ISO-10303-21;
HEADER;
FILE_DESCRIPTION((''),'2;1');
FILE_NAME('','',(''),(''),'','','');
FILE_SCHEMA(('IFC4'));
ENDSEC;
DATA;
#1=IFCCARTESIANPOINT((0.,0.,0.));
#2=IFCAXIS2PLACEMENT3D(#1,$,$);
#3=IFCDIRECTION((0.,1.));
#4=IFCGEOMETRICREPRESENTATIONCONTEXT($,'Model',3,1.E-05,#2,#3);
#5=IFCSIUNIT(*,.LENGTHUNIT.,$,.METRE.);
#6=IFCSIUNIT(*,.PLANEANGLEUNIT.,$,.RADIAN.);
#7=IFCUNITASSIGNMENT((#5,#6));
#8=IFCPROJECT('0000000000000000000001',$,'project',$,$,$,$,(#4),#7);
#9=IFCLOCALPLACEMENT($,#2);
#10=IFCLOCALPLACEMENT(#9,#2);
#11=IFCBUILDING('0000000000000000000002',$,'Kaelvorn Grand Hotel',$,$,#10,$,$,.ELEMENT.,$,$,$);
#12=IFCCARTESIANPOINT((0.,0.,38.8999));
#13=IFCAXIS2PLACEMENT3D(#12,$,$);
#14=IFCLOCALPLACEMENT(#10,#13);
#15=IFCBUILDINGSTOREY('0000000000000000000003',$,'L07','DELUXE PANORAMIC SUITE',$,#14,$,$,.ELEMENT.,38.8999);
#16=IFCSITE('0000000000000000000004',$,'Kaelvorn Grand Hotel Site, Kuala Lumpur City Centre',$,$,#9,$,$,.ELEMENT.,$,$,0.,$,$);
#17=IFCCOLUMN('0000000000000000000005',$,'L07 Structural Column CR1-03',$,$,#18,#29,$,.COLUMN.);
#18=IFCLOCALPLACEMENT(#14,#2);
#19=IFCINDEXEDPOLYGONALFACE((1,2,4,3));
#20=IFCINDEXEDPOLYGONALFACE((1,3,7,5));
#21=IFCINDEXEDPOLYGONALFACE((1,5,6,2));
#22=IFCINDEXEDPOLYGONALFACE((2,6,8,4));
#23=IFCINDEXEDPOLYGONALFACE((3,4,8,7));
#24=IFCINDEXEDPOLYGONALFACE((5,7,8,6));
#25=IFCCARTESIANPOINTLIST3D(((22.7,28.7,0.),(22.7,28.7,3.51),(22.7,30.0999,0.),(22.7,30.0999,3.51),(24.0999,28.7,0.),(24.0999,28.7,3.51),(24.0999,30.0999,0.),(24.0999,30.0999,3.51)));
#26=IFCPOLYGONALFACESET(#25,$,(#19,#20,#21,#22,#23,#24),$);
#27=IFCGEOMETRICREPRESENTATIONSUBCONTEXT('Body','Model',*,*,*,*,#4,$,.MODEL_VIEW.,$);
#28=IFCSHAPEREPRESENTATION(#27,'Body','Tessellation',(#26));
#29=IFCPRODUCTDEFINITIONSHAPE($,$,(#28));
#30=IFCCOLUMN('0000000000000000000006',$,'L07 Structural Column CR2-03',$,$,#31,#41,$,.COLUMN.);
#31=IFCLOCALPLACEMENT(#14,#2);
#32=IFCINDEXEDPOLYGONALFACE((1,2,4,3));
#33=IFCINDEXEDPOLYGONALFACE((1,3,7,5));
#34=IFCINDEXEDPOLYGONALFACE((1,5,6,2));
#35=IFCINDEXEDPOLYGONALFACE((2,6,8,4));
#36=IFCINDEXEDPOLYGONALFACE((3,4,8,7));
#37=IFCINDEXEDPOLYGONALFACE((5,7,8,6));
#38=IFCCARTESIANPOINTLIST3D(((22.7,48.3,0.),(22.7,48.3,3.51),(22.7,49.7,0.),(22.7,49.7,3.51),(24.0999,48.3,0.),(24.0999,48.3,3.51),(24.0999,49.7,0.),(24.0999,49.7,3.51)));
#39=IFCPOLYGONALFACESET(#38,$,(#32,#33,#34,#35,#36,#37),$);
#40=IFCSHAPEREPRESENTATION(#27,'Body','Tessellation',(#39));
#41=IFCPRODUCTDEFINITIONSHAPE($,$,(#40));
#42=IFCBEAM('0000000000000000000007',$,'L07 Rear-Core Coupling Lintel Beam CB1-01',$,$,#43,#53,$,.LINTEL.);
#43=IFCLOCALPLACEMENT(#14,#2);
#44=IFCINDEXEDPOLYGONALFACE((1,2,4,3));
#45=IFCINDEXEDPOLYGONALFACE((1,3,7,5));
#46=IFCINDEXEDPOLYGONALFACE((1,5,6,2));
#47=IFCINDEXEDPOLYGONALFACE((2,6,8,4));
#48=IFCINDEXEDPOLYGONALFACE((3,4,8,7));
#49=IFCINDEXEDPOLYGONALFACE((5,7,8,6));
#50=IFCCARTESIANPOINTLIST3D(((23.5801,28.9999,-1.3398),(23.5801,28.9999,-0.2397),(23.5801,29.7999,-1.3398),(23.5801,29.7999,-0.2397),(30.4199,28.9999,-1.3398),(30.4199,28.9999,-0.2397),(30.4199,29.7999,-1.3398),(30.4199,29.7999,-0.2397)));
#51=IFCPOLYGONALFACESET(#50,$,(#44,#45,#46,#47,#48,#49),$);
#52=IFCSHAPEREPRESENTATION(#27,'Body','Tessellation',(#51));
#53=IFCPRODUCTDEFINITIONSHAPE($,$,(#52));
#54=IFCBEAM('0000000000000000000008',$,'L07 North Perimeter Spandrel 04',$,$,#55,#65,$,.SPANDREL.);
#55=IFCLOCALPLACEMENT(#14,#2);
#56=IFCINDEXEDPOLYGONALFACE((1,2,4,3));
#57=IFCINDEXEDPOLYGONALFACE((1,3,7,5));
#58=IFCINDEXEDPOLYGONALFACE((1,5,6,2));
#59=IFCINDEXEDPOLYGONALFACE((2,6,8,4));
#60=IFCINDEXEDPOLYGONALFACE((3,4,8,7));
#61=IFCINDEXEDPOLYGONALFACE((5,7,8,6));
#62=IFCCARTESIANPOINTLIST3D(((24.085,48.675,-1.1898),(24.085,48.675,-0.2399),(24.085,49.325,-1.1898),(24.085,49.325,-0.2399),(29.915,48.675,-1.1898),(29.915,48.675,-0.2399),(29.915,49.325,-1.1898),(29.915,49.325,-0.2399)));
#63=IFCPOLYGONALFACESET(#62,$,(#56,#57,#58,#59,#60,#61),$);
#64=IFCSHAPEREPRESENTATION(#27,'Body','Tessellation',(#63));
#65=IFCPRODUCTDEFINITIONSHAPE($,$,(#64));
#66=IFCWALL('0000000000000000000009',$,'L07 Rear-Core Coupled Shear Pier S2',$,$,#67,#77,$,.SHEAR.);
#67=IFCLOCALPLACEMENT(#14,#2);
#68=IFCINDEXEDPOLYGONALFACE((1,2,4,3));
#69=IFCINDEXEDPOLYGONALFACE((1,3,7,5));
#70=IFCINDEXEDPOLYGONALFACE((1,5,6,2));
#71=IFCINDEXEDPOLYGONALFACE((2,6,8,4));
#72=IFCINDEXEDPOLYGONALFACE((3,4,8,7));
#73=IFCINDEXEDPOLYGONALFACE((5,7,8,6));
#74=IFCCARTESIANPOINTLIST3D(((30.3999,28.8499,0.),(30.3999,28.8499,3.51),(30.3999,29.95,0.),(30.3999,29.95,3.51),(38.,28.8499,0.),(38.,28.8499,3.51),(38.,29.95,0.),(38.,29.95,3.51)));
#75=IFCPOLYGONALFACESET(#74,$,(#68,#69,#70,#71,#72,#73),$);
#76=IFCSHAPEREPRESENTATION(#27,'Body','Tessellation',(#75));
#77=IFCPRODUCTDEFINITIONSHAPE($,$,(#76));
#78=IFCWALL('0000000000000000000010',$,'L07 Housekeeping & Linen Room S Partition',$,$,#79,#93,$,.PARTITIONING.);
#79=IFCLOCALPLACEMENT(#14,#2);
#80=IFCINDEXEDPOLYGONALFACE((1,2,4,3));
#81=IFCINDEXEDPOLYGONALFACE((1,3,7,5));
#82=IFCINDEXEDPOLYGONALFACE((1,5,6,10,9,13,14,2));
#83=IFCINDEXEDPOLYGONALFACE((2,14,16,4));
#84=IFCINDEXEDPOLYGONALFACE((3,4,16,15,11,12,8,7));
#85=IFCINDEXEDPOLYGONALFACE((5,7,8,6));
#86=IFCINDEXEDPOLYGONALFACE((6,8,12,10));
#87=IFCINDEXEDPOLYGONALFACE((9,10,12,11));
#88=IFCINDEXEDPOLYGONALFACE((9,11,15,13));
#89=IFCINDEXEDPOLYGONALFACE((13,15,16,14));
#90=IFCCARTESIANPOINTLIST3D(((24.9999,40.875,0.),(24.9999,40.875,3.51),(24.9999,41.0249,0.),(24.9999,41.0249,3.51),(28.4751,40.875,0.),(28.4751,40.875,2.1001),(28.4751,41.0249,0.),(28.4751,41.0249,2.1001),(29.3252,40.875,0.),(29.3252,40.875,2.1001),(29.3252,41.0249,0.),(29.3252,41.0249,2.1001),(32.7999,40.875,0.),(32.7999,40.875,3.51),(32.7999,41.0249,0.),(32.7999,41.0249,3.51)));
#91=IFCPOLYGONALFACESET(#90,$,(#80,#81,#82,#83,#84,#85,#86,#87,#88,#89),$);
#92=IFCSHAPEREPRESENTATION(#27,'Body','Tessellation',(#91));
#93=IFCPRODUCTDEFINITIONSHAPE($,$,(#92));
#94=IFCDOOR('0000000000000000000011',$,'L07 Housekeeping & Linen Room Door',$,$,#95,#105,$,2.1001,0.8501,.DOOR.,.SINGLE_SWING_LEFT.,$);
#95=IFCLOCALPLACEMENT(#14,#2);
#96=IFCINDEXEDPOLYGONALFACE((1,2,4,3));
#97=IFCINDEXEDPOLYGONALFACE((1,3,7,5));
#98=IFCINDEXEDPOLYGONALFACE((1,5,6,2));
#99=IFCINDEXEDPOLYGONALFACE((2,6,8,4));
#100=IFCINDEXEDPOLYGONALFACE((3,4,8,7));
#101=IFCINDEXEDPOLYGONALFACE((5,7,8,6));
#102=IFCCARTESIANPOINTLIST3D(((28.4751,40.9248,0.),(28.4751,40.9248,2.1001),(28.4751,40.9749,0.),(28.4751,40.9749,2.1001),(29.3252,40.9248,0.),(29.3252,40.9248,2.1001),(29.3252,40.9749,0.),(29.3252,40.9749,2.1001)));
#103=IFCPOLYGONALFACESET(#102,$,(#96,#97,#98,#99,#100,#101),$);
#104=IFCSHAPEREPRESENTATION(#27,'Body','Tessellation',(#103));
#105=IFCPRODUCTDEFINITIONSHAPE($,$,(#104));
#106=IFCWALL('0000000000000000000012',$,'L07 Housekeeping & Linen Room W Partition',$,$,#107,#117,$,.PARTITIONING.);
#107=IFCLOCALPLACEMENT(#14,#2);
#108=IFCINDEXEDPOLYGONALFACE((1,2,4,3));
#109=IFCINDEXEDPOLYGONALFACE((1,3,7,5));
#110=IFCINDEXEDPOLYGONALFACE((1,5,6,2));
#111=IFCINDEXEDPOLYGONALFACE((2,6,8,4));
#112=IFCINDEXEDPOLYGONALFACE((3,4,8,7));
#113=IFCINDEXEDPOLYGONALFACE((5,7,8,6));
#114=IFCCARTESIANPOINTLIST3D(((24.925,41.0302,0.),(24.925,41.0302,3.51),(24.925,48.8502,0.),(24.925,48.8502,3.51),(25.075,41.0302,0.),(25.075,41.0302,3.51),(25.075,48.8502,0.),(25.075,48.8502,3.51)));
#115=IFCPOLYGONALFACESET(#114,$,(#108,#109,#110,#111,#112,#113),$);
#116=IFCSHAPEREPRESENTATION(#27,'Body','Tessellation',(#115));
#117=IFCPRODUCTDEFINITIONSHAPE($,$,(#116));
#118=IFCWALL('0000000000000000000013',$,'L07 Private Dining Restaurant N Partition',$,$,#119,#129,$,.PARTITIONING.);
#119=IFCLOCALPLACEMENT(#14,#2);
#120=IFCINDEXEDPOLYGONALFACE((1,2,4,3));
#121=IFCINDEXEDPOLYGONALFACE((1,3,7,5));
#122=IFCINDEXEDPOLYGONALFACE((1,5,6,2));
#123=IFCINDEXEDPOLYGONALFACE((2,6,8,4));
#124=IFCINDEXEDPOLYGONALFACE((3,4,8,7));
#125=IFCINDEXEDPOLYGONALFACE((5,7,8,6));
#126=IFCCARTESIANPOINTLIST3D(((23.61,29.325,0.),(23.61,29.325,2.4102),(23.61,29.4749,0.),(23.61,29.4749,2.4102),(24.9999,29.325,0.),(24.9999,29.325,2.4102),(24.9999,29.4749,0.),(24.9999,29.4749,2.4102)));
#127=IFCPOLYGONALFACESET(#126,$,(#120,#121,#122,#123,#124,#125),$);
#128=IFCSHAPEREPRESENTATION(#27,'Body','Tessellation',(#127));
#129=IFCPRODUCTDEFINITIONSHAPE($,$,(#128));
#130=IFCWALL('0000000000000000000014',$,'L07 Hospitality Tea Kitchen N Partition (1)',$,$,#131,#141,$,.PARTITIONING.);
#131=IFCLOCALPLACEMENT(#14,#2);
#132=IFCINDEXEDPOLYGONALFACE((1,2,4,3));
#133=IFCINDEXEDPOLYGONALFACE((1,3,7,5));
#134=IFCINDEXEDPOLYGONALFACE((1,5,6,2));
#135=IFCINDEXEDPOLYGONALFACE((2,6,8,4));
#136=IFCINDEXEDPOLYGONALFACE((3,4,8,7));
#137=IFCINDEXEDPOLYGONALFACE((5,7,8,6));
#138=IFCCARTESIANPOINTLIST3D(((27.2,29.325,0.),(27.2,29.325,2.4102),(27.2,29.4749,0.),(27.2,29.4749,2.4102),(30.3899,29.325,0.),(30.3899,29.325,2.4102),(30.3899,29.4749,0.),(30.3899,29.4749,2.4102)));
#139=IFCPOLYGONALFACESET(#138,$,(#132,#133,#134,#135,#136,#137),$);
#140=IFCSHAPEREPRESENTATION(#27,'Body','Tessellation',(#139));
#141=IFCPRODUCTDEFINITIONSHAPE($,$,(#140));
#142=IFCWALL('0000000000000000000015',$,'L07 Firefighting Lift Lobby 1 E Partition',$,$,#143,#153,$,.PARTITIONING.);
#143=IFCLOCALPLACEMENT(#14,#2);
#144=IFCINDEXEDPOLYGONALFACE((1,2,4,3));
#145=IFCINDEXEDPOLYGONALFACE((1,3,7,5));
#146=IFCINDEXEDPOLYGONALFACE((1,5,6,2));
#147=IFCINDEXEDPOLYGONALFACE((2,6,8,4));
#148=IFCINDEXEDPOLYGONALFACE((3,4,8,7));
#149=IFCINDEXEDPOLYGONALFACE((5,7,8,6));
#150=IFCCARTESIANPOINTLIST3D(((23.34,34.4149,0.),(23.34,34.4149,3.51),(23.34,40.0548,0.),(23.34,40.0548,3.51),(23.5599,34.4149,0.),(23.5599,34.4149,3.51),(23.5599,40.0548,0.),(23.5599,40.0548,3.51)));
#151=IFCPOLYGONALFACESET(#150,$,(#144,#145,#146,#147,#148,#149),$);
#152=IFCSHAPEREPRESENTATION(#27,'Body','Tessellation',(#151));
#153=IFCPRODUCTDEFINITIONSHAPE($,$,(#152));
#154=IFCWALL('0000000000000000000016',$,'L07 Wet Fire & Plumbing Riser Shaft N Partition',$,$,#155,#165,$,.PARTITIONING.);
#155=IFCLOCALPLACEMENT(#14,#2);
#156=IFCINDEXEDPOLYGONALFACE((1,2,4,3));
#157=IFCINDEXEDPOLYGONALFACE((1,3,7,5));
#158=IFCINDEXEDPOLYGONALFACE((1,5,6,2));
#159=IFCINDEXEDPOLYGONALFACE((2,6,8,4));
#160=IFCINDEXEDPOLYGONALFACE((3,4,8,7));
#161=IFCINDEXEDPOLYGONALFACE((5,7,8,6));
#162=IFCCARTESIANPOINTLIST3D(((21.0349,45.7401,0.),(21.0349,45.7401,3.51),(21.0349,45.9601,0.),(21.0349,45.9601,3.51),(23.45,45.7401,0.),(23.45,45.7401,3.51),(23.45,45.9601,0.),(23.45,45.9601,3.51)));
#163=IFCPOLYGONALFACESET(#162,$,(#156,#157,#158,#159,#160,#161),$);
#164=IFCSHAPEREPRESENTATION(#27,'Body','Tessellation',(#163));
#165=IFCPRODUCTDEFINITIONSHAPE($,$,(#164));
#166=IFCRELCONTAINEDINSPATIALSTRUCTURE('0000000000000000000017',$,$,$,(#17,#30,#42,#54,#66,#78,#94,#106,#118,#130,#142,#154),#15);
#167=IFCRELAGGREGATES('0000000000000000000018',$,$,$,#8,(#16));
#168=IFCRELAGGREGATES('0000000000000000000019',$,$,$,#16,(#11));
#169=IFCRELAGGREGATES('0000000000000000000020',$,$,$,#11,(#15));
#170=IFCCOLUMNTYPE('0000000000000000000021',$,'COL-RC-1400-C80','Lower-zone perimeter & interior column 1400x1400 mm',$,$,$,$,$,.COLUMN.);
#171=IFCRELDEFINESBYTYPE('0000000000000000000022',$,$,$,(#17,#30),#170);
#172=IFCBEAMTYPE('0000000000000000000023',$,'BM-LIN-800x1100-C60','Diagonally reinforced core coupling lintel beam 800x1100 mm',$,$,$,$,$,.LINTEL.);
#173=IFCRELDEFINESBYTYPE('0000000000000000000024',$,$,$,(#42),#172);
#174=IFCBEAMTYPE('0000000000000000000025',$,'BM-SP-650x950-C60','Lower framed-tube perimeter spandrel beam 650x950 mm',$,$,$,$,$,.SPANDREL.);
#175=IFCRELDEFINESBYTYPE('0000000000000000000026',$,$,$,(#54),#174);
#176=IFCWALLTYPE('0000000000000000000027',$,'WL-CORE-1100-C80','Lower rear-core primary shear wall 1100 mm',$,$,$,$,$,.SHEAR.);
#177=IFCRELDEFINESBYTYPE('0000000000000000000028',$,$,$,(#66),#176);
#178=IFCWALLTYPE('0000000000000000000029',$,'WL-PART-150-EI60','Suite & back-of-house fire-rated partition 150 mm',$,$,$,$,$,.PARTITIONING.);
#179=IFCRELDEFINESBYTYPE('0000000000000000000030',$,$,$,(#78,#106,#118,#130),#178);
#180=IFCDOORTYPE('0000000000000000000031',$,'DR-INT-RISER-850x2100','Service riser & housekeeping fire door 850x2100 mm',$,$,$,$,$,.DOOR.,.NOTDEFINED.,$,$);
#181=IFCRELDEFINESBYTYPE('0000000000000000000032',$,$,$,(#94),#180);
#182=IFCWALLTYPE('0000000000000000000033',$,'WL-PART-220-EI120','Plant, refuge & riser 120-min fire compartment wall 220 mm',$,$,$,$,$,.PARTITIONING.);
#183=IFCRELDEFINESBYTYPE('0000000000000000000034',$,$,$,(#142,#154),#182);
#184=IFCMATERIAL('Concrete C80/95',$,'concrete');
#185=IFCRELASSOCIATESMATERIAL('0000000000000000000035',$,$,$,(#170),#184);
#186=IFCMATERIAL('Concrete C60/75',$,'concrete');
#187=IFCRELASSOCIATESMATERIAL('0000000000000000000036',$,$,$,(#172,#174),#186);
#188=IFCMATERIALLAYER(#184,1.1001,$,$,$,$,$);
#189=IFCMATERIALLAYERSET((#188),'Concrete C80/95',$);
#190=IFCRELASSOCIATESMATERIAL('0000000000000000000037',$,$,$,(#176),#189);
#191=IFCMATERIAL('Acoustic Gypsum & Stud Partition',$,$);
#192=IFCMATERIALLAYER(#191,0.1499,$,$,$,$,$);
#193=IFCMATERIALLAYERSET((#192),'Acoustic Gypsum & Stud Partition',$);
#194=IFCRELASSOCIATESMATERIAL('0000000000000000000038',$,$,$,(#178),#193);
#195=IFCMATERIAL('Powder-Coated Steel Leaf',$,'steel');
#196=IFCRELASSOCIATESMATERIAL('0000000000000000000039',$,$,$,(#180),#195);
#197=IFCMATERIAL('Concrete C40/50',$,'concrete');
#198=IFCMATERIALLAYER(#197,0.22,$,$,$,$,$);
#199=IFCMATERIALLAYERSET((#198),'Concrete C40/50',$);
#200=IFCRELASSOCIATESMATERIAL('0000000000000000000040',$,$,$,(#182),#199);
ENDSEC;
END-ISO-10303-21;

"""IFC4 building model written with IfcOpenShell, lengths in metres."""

from ifc_helpers import new_model, si_unit, direction, frame, frame_2d, origin, origin_2d, place, context, subcontext, project, spatial, rectangle, extrude, material, layer, layer_set, material_profile, profile_set, type_object, element, fill, save


model = new_model("IFC4")

# Units and contexts
model_context = context("Model", 3, precision=1e-05, world=origin(), true_north=direction((0.0, 1.0)))
body_context = subcontext(model_context, "Body", "Model", "MODEL_VIEW")
ifc_project = project(units=[si_unit("LENGTHUNIT", "METRE"), si_unit("PLANEANGLEUNIT", "RADIAN")], contexts=[model_context])

# Site, building, storey
site_placement = place(None, origin())
site = spatial("IfcSite", under=ifc_project, at=site_placement, Name="Kaelvorn Grand Hotel Site, Kuala Lumpur City Centre", CompositionType="ELEMENT", RefElevation=0.0)
building_placement = place(site_placement, origin())
building = spatial("IfcBuilding", under=site, at=building_placement, Name="Kaelvorn Grand Hotel", CompositionType="ELEMENT")
storey_placement = place(building_placement, frame((0.0, 0.0, 38.8999)))
storey = spatial("IfcBuildingStorey", under=building, at=storey_placement, Name="L07", Description="DELUXE PANORAMIC SUITE", CompositionType="ELEMENT", Elevation=38.8999)

# Columns
ifc_material_1 = material(Name="Concrete C80/95", Category="concrete")
ifc_material_profile_1 = material_profile(ifc_material_1, rectangle(XDim=1.3999, YDim=1.3999, at=origin_2d()), Name="RC COL 1400x1400")
ifc_profile_set_1 = profile_set([ifc_material_profile_1], Name="Concrete C80/95")
column_type = type_object("IfcColumnType", Name="COL-RC-1400-C80", Description="Lower-zone perimeter & interior column 1400x1400 mm", PredefinedType="COLUMN", material=ifc_profile_set_1)
for number, where, z_axis, x_axis, name in (
    (1, (23.3999, 29.3999, 0.0), (0.0, 0.0, 1.0), (1.0, 0.0, 0.0), "L07 Structural Column CR1-03"),
    (2, (23.3999, 49.0, 0.0), (0.0, 0.0, 1.0), (1.0, 0.0, 0.0), "L07 Structural Column CR2-03"),
):
    element("IfcColumn", number, at=place(storey_placement, frame(where, z_axis=z_axis, x_axis=x_axis)), inside=storey, type_object=column_type, Name=name, PredefinedType="COLUMN", context=body_context, shape_type="SweptSolid", body=[
        extrude(rectangle(XDim=1.3999, YDim=1.3999, at=origin_2d()), origin(), (0.0, 0.0, 1.0), 3.51),
    ])

# Beams
ifc_material_2 = material(Name="Concrete C60/75", Category="concrete")
ifc_material_profile_2 = material_profile(ifc_material_2, rectangle(XDim=0.8, YDim=1.1001, at=origin_2d()), Name="RC LINTEL 800x1100")
ifc_profile_set_2 = profile_set([ifc_material_profile_2], Name="Concrete C60/75")
beam_type_1 = type_object("IfcBeamType", Name="BM-LIN-800x1100-C60", Description="Diagonally reinforced core coupling lintel beam 800x1100 mm", PredefinedType="LINTEL", material=ifc_profile_set_2)
beam_1_placement = place(storey_placement, frame((23.5801, 29.3999, -0.7898), z_axis=(1.0, 0.0, 0.0), x_axis=(0.0, 1.0, 0.0)))
element("IfcBeam", 3, at=beam_1_placement, inside=storey, type_object=beam_type_1, Name="L07 Rear-Core Coupling Lintel Beam CB1-01", PredefinedType="LINTEL", context=body_context, shape_type="SweptSolid", body=[
    extrude(rectangle(XDim=0.8, YDim=1.1001, at=origin_2d()), origin(), (0.0, 0.0, 1.0), 6.8398),
])
ifc_material_profile_3 = material_profile(ifc_material_2, rectangle(XDim=0.6499, YDim=0.95, at=origin_2d()), Name="RC SPANDREL 650x950")
ifc_profile_set_3 = profile_set([ifc_material_profile_3], Name="Concrete C60/75")
beam_type_2 = type_object("IfcBeamType", Name="BM-SP-650x950-C60", Description="Lower framed-tube perimeter spandrel beam 650x950 mm", PredefinedType="SPANDREL", material=ifc_profile_set_3)
beam_2_placement = place(storey_placement, frame((24.085, 49.0, -0.7148), z_axis=(1.0, 0.0, 0.0), x_axis=(0.0, 1.0, 0.0)))
element("IfcBeam", 4, at=beam_2_placement, inside=storey, type_object=beam_type_2, Name="L07 North Perimeter Spandrel 04", PredefinedType="SPANDREL", context=body_context, shape_type="SweptSolid", body=[
    extrude(rectangle(XDim=0.6499, YDim=0.95, at=origin_2d()), origin(), (0.0, 0.0, 1.0), 5.8301),
])

# Wall
ifc_layer_1 = layer(ifc_material_1, 1.1001)
ifc_layer_set_1 = layer_set([ifc_layer_1], Name="Concrete C80/95")
wall_type_1 = type_object("IfcWallType", Name="WL-CORE-1100-C80", Description="Lower rear-core primary shear wall 1100 mm", PredefinedType="SHEAR", material=ifc_layer_set_1)
wall_1_placement = place(storey_placement, frame((30.3999, 29.3999, 0.0), z_axis=(0.0, 0.0, 1.0), x_axis=(1.0, 0.0, 0.0)))
element("IfcWall", 5, at=wall_1_placement, inside=storey, type_object=wall_type_1, Name="L07 Rear-Core Coupled Shear Pier S2", PredefinedType="SHEAR", context=body_context, shape_type="SweptSolid", body=[
    extrude(rectangle(XDim=7.6001, YDim=1.1001, at=frame_2d((3.8, 0.0))), origin(), (0.0, 0.0, 1.0), 3.51),
])

# Wall, opening, door
ifc_material_3 = material(Name="Acoustic Gypsum & Stud Partition")
ifc_layer_2 = layer(ifc_material_3, 0.1499)
ifc_layer_set_2 = layer_set([ifc_layer_2], Name="Acoustic Gypsum & Stud Partition")
wall_type_2 = type_object("IfcWallType", Name="WL-PART-150-EI60", Description="Suite & back-of-house fire-rated partition 150 mm", PredefinedType="PARTITIONING", material=ifc_layer_set_2)
wall_2_placement = place(storey_placement, frame((25.0, 40.95, 0.0), z_axis=(0.0, 0.0, 1.0), x_axis=(1.0, 0.0, 0.0)))
wall_2 = element("IfcWall", 6, at=wall_2_placement, inside=storey, type_object=wall_type_2, Name="L07 Housekeeping & Linen Room S Partition", PredefinedType="PARTITIONING", context=body_context, shape_type="SweptSolid", body=[
    extrude(rectangle(XDim=7.8, YDim=0.1499, at=frame_2d((3.8999, 0.0))), origin(), (0.0, 0.0, 1.0), 3.51),
])
opening_1_placement = place(wall_2_placement, frame((3.4751, 0.0, 0.0)))
opening_1 = element("IfcOpeningElement", 7, at=opening_1_placement, cuts=wall_2, PredefinedType="OPENING", context=body_context, shape_type="SweptSolid", body=[
    extrude(rectangle(XDim=0.8501, YDim=2.1001, at=frame_2d((0.425, 1.05))), frame((0.0, 0.085, 0.0), z_axis=(0.0, -1.0, 0.0), x_axis=(1.0, 0.0, 0.0)), (0.0, 0.0, 1.0), 0.1699),
])
ifc_material_4 = material(Name="Powder-Coated Steel Leaf", Category="steel")
door_type_1 = type_object("IfcDoorType", Name="DR-INT-RISER-850x2100", Description="Service riser & housekeeping fire door 850x2100 mm", OperationType="NOTDEFINED", PredefinedType="DOOR", material=ifc_material_4)
door_1_placement = place(opening_1_placement, origin())
door_1 = element("IfcDoor", 8, at=door_1_placement, inside=storey, type_object=door_type_1, Name="L07 Housekeeping & Linen Room Door", OperationType="SINGLE_SWING_LEFT", OverallHeight=2.1001, OverallWidth=0.8501, PredefinedType="DOOR", context=body_context, shape_type="SweptSolid", body=[
    extrude(rectangle(XDim=0.8501, YDim=2.1001, at=frame_2d((0.425, 1.05))), frame((0.0, 0.0249, 0.0), z_axis=(0.0, -1.0, 0.0), x_axis=(1.0, 0.0, 0.0)), (0.0, 0.0, 1.0), 0.05),
])
fill(opening_1, door_1)

# Walls
wall_3_placement = place(storey_placement, frame((25.0, 41.03, 0.0), z_axis=(0.0, 0.0, 1.0), x_axis=(0.0, 1.0, 0.0)))
element("IfcWall", 9, at=wall_3_placement, inside=storey, type_object=wall_type_2, Name="L07 Housekeeping & Linen Room W Partition", PredefinedType="PARTITIONING", context=body_context, shape_type="SweptSolid", body=[
    extrude(rectangle(XDim=7.8201, YDim=0.1499, at=frame_2d((3.9102, 0.0))), origin(), (0.0, 0.0, 1.0), 3.51),
])
wall_4_placement = place(storey_placement, frame((23.6101, 29.3999, 0.0), z_axis=(0.0, 0.0, 1.0), x_axis=(1.0, 0.0, 0.0)))
element("IfcWall", 10, at=wall_4_placement, inside=storey, type_object=wall_type_2, Name="L07 Private Dining Restaurant N Partition", PredefinedType="PARTITIONING", context=body_context, shape_type="SweptSolid", body=[
    extrude(rectangle(XDim=1.3899, YDim=0.1499, at=frame_2d((0.6948, 0.0))), origin(), (0.0, 0.0, 1.0), 2.4102),
])
wall_5_placement = place(storey_placement, frame((27.2, 29.3999, 0.0), z_axis=(0.0, 0.0, 1.0), x_axis=(1.0, 0.0, 0.0)))
element("IfcWall", 11, at=wall_5_placement, inside=storey, type_object=wall_type_2, Name="L07 Hospitality Tea Kitchen N Partition (1)", PredefinedType="PARTITIONING", context=body_context, shape_type="SweptSolid", body=[
    extrude(rectangle(XDim=3.1899, YDim=0.1499, at=frame_2d((1.595, 0.0))), origin(), (0.0, 0.0, 1.0), 2.4102),
])
ifc_material_5 = material(Name="Concrete C40/50", Category="concrete")
ifc_layer_3 = layer(ifc_material_5, 0.22)
ifc_layer_set_3 = layer_set([ifc_layer_3], Name="Concrete C40/50")
wall_type_3 = type_object("IfcWallType", Name="WL-PART-220-EI120", Description="Plant, refuge & riser 120-min fire compartment wall 220 mm", PredefinedType="PARTITIONING", material=ifc_layer_set_3)
wall_6_placement = place(storey_placement, frame((23.45, 34.415, 0.0), z_axis=(0.0, 0.0, 1.0), x_axis=(0.0, 1.0, 0.0)))
element("IfcWall", 12, at=wall_6_placement, inside=storey, type_object=wall_type_3, Name="L07 Firefighting Lift Lobby 1 E Partition", PredefinedType="PARTITIONING", context=body_context, shape_type="SweptSolid", body=[
    extrude(rectangle(XDim=5.6399, YDim=0.22, at=frame_2d((2.8198, 0.0))), origin(), (0.0, 0.0, 1.0), 3.51),
])
wall_7_placement = place(storey_placement, frame((21.0349, 45.8501, 0.0), z_axis=(0.0, 0.0, 1.0), x_axis=(1.0, 0.0, 0.0)))
element("IfcWall", 13, at=wall_7_placement, inside=storey, type_object=wall_type_3, Name="L07 Wet Fire & Plumbing Riser Shaft N Partition", PredefinedType="PARTITIONING", context=body_context, shape_type="SweptSolid", body=[
    extrude(rectangle(XDim=2.415, YDim=0.22, at=frame_2d((1.2075, 0.0))), origin(), (0.0, 0.0, 1.0), 3.51),
])

save(model, "model.ifc")
